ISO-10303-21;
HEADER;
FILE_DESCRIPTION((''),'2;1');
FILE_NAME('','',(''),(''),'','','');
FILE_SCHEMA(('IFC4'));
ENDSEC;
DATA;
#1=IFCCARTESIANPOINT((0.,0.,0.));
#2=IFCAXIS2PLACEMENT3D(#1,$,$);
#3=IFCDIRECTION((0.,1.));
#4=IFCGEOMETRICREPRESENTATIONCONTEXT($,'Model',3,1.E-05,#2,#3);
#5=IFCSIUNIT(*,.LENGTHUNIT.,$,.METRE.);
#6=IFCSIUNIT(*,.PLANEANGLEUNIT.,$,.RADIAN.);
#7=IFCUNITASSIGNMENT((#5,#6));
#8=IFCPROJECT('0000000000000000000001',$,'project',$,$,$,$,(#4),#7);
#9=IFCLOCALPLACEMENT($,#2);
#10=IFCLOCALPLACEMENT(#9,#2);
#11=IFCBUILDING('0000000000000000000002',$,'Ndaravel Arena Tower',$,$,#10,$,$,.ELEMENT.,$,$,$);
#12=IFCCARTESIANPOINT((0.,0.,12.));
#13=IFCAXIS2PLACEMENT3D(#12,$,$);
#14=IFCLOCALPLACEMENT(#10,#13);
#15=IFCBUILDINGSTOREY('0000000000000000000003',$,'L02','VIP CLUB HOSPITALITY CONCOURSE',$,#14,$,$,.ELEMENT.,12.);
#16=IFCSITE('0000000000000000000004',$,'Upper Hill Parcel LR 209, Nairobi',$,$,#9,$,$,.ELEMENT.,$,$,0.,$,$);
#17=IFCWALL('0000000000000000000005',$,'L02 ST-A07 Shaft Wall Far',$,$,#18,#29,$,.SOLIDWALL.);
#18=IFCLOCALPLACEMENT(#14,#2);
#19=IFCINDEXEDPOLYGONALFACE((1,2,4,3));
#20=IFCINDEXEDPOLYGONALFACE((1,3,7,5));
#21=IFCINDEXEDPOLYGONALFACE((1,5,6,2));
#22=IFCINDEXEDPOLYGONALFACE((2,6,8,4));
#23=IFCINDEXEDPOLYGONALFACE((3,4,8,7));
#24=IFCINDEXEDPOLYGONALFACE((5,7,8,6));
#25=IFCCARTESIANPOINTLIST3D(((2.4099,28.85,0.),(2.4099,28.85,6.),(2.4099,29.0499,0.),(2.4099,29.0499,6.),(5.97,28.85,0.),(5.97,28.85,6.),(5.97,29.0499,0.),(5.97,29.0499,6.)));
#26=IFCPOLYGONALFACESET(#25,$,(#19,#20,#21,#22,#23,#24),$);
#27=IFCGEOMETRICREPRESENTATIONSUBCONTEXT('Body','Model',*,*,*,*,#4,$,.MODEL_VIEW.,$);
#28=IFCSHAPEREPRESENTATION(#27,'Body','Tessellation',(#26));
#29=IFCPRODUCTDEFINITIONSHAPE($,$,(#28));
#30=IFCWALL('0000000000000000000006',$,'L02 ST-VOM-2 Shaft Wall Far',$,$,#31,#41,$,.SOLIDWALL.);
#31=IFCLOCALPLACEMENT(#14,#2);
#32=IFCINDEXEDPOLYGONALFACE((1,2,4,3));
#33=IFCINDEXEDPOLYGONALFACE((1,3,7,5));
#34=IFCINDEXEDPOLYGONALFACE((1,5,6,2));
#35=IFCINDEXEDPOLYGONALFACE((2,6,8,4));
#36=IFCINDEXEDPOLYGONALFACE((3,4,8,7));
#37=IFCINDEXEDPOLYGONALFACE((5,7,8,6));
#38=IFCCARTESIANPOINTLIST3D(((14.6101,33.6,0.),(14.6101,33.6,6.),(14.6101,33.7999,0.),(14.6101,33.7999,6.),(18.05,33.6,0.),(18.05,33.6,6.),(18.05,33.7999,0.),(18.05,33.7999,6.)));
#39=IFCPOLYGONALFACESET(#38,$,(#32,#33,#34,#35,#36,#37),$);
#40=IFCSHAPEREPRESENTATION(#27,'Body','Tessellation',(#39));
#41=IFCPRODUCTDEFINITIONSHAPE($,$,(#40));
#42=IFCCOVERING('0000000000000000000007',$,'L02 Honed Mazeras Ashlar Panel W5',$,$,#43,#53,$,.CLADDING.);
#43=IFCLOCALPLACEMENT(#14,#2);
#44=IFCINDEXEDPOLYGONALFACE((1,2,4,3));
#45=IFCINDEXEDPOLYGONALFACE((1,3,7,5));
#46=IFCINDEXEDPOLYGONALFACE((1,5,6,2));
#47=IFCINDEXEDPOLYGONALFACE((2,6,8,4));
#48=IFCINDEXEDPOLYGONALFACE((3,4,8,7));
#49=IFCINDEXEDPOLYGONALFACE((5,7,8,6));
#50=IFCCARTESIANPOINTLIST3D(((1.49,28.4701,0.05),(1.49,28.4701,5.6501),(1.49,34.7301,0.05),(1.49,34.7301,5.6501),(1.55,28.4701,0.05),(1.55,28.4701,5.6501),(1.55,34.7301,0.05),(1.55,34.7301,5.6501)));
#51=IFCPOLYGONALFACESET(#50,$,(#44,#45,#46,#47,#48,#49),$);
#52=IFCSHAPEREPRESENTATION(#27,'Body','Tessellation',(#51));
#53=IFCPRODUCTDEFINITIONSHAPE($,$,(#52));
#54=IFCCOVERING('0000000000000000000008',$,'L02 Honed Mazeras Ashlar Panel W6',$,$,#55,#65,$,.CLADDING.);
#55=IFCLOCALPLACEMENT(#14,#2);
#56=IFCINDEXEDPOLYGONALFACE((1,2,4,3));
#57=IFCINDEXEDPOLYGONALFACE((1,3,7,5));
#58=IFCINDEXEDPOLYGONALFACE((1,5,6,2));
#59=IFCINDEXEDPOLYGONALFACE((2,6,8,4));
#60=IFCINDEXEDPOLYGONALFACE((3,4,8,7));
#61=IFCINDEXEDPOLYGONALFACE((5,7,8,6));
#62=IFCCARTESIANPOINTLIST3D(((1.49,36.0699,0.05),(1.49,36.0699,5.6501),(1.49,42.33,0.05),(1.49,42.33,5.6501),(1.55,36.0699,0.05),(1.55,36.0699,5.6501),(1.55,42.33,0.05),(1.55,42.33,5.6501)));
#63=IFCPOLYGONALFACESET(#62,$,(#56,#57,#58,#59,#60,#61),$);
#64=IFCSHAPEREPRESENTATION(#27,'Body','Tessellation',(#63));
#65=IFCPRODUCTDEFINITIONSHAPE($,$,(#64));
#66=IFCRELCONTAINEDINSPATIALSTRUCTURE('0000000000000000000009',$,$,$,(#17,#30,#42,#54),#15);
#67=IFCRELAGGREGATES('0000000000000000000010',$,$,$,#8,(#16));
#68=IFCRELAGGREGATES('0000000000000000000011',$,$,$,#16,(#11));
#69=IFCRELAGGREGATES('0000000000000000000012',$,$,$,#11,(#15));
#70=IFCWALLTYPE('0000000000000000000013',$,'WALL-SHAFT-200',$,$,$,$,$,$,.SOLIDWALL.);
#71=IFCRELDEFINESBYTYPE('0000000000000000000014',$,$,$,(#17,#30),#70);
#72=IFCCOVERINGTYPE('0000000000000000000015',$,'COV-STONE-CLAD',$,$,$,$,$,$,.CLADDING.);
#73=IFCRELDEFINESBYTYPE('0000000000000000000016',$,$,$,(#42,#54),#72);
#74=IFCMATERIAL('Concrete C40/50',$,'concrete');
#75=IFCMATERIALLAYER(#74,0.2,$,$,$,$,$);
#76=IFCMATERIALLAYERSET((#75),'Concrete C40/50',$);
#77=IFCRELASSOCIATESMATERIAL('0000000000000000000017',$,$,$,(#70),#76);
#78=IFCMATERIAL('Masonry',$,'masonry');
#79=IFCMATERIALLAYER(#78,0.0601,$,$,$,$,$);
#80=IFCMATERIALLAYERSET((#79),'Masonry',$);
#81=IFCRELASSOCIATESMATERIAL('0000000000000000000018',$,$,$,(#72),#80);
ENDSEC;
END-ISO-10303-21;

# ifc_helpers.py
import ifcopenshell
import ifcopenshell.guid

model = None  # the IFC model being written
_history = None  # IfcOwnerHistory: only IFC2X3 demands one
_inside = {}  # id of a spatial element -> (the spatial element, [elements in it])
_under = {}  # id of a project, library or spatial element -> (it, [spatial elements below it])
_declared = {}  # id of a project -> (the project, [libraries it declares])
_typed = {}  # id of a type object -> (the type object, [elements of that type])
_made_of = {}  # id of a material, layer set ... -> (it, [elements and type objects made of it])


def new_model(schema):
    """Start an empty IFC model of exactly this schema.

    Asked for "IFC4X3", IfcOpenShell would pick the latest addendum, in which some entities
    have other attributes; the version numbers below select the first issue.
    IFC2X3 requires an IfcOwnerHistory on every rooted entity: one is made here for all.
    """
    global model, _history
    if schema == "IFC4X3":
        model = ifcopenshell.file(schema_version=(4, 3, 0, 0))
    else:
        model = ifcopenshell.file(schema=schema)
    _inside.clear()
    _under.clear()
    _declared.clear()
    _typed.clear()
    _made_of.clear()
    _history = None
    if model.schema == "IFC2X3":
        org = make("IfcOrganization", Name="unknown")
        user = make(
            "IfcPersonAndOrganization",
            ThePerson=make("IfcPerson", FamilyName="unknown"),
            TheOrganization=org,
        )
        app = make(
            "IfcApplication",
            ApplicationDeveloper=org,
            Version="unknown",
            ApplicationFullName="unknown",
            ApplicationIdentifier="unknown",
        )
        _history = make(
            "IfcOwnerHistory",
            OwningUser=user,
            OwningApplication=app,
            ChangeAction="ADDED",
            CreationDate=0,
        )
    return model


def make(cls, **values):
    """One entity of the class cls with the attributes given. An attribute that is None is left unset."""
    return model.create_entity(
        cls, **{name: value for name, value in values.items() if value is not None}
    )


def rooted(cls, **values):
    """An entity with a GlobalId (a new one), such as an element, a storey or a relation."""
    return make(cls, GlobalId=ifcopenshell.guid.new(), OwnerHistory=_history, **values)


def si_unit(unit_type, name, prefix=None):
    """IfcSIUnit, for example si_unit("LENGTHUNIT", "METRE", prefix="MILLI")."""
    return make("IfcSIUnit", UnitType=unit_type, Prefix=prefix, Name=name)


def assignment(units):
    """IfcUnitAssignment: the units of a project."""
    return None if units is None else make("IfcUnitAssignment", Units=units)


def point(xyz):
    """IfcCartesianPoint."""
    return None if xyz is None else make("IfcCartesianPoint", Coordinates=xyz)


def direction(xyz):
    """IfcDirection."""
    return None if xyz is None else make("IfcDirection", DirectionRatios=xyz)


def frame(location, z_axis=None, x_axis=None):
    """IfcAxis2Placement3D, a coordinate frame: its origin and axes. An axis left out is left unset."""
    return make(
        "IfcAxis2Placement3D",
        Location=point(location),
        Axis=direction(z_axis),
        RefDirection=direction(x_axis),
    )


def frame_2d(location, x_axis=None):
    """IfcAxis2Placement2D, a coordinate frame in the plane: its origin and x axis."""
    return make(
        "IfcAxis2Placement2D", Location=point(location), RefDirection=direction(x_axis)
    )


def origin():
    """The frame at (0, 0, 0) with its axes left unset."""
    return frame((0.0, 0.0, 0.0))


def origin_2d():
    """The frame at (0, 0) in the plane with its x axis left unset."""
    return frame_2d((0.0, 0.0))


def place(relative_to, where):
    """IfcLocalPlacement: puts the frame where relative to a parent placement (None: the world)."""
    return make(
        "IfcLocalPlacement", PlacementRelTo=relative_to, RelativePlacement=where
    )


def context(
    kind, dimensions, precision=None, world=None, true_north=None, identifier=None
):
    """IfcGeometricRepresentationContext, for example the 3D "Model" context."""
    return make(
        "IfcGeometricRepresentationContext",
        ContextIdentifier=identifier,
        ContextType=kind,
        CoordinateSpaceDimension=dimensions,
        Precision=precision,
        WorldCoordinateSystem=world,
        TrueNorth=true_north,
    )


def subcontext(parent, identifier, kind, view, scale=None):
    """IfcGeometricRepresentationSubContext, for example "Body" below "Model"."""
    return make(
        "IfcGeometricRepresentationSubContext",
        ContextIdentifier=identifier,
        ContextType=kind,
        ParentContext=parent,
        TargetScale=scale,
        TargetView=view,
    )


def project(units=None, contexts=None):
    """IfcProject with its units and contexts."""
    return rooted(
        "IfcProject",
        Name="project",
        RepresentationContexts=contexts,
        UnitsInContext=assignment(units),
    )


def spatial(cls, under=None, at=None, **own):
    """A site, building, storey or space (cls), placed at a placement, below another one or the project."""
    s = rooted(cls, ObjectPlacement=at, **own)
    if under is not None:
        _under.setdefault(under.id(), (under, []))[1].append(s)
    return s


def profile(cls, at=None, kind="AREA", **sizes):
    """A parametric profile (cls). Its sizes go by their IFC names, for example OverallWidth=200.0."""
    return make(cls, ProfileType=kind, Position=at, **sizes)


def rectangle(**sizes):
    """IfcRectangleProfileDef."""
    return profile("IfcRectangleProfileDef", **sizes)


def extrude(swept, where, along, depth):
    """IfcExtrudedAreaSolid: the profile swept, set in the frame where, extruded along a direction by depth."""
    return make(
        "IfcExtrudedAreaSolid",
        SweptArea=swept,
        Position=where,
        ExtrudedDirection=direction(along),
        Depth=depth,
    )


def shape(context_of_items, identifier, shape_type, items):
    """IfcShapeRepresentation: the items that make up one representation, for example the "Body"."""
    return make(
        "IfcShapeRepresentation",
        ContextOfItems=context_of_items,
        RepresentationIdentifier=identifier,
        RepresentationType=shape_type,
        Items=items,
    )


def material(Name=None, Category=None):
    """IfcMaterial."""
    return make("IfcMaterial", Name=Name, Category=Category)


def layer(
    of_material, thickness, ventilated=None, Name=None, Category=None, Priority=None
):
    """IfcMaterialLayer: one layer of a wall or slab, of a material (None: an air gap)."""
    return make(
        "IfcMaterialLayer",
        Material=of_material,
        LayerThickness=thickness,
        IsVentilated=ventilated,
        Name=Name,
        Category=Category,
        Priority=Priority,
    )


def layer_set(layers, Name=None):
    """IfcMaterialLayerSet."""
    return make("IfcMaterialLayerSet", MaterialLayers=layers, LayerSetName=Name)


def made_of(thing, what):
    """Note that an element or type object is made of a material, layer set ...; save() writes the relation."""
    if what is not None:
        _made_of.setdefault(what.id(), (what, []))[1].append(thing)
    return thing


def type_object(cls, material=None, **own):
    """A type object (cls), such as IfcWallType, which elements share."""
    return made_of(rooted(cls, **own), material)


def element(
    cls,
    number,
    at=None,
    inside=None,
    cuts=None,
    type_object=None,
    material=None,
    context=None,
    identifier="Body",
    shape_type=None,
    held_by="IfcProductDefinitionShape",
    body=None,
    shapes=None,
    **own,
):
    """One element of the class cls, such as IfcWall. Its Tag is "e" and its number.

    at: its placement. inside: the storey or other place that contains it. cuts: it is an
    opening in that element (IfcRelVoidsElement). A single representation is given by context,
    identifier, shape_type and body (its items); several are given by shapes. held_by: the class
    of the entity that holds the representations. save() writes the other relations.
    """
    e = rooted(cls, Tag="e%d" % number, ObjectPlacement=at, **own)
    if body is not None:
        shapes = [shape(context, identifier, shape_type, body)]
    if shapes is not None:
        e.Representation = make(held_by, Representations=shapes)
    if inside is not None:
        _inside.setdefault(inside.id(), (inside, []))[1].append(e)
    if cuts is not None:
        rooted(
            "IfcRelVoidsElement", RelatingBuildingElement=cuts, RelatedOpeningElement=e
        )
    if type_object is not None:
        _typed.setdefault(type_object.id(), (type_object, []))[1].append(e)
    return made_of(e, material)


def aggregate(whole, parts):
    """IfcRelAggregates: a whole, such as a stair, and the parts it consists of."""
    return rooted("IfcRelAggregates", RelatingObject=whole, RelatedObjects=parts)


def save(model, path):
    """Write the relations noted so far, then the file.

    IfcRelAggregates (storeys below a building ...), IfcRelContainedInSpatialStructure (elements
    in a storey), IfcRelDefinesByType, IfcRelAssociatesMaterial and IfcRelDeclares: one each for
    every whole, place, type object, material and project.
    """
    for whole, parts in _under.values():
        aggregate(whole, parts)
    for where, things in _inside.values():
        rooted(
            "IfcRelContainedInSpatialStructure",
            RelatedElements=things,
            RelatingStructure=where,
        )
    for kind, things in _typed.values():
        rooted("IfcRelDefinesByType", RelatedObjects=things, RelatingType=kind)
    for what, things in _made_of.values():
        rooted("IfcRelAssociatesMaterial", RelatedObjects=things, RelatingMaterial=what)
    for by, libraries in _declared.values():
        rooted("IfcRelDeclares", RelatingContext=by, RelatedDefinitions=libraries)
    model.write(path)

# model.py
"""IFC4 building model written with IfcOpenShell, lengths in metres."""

from ifc_helpers import new_model, si_unit, direction, frame, frame_2d, origin, origin_2d, place, context, subcontext, project, spatial, rectangle, extrude, material, layer, layer_set, type_object, element, save


model = new_model("IFC4")

# Units and contexts
model_context = context("Model", 3, precision=1e-05, world=origin(), true_north=direction((0.0, 1.0)))
body_context = subcontext(model_context, "Body", "Model", "MODEL_VIEW")
ifc_project = project(units=[si_unit("LENGTHUNIT", "METRE"), si_unit("PLANEANGLEUNIT", "RADIAN")], contexts=[model_context])

# Site, building, storey
site_placement = place(None, origin())
site = spatial("IfcSite", under=ifc_project, at=site_placement, Name="Upper Hill Parcel LR 209, Nairobi", CompositionType="ELEMENT", RefElevation=0.0)
building_placement = place(site_placement, origin())
building = spatial("IfcBuilding", under=site, at=building_placement, Name="Ndaravel Arena Tower", CompositionType="ELEMENT")
storey_placement = place(building_placement, frame((0.0, 0.0, 12.0)))
storey = spatial("IfcBuildingStorey", under=building, at=storey_placement, Name="L02", Description="VIP CLUB HOSPITALITY CONCOURSE", CompositionType="ELEMENT", Elevation=12.0)

# Walls
ifc_material_1 = material(Name="Concrete C40/50", Category="concrete")
ifc_layer_1 = layer(ifc_material_1, 0.2)
ifc_layer_set_1 = layer_set([ifc_layer_1], Name="Concrete C40/50")
wall_type_1 = type_object("IfcWallType", Name="WALL-SHAFT-200", PredefinedType="SOLIDWALL", material=ifc_layer_set_1)
wall_1_placement = place(storey_placement, frame((5.97, 28.95, 0.0), z_axis=(0.0, 0.0, 1.0), x_axis=(-1.0, 0.0, 0.0)))
element("IfcWall", 1, at=wall_1_placement, inside=storey, type_object=wall_type_1, Name="L02 ST-A07 Shaft Wall Far", PredefinedType="SOLIDWALL", context=body_context, shape_type="SweptSolid", body=[
    extrude(rectangle(XDim=3.5601, YDim=0.2, at=frame_2d((1.78, 0.0))), origin(), (0.0, 0.0, 1.0), 6.0),
])
wall_2_placement = place(storey_placement, frame((14.6101, 33.7, 0.0), z_axis=(0.0, 0.0, 1.0), x_axis=(1.0, 0.0, 0.0)))
element("IfcWall", 2, at=wall_2_placement, inside=storey, type_object=wall_type_1, Name="L02 ST-VOM-2 Shaft Wall Far", PredefinedType="SOLIDWALL", context=body_context, shape_type="SweptSolid", body=[
    extrude(rectangle(XDim=3.4399, YDim=0.2, at=frame_2d((1.72, 0.0))), origin(), (0.0, 0.0, 1.0), 6.0),
])

# Coverings
ifc_material_2 = material(Name="Masonry", Category="masonry")
ifc_layer_2 = layer(ifc_material_2, 0.0601)
ifc_layer_set_2 = layer_set([ifc_layer_2], Name="Masonry")
covering_type = type_object("IfcCoveringType", Name="COV-STONE-CLAD", PredefinedType="CLADDING", material=ifc_layer_set_2)
for number, where, z_axis, x_axis, name in (
    (3, (1.52, 31.6001, 0.05), (0.0, 0.0, 1.0), (1.0, 0.0, 0.0), "L02 Honed Mazeras Ashlar Panel W5"),
    (4, (1.52, 39.2, 0.05), (0.0, 0.0, 1.0), (1.0, 0.0, 0.0), "L02 Honed Mazeras Ashlar Panel W6"),
):
    element("IfcCovering", number, at=place(storey_placement, frame(where, z_axis=z_axis, x_axis=x_axis)), inside=storey, type_object=covering_type, Name=name, PredefinedType="CLADDING", context=body_context, shape_type="SweptSolid", body=[
        extrude(rectangle(XDim=0.0601, YDim=6.26, at=origin_2d()), origin(), (0.0, 0.0, 1.0), 5.6001),
    ])

save(model, "model.ifc")
